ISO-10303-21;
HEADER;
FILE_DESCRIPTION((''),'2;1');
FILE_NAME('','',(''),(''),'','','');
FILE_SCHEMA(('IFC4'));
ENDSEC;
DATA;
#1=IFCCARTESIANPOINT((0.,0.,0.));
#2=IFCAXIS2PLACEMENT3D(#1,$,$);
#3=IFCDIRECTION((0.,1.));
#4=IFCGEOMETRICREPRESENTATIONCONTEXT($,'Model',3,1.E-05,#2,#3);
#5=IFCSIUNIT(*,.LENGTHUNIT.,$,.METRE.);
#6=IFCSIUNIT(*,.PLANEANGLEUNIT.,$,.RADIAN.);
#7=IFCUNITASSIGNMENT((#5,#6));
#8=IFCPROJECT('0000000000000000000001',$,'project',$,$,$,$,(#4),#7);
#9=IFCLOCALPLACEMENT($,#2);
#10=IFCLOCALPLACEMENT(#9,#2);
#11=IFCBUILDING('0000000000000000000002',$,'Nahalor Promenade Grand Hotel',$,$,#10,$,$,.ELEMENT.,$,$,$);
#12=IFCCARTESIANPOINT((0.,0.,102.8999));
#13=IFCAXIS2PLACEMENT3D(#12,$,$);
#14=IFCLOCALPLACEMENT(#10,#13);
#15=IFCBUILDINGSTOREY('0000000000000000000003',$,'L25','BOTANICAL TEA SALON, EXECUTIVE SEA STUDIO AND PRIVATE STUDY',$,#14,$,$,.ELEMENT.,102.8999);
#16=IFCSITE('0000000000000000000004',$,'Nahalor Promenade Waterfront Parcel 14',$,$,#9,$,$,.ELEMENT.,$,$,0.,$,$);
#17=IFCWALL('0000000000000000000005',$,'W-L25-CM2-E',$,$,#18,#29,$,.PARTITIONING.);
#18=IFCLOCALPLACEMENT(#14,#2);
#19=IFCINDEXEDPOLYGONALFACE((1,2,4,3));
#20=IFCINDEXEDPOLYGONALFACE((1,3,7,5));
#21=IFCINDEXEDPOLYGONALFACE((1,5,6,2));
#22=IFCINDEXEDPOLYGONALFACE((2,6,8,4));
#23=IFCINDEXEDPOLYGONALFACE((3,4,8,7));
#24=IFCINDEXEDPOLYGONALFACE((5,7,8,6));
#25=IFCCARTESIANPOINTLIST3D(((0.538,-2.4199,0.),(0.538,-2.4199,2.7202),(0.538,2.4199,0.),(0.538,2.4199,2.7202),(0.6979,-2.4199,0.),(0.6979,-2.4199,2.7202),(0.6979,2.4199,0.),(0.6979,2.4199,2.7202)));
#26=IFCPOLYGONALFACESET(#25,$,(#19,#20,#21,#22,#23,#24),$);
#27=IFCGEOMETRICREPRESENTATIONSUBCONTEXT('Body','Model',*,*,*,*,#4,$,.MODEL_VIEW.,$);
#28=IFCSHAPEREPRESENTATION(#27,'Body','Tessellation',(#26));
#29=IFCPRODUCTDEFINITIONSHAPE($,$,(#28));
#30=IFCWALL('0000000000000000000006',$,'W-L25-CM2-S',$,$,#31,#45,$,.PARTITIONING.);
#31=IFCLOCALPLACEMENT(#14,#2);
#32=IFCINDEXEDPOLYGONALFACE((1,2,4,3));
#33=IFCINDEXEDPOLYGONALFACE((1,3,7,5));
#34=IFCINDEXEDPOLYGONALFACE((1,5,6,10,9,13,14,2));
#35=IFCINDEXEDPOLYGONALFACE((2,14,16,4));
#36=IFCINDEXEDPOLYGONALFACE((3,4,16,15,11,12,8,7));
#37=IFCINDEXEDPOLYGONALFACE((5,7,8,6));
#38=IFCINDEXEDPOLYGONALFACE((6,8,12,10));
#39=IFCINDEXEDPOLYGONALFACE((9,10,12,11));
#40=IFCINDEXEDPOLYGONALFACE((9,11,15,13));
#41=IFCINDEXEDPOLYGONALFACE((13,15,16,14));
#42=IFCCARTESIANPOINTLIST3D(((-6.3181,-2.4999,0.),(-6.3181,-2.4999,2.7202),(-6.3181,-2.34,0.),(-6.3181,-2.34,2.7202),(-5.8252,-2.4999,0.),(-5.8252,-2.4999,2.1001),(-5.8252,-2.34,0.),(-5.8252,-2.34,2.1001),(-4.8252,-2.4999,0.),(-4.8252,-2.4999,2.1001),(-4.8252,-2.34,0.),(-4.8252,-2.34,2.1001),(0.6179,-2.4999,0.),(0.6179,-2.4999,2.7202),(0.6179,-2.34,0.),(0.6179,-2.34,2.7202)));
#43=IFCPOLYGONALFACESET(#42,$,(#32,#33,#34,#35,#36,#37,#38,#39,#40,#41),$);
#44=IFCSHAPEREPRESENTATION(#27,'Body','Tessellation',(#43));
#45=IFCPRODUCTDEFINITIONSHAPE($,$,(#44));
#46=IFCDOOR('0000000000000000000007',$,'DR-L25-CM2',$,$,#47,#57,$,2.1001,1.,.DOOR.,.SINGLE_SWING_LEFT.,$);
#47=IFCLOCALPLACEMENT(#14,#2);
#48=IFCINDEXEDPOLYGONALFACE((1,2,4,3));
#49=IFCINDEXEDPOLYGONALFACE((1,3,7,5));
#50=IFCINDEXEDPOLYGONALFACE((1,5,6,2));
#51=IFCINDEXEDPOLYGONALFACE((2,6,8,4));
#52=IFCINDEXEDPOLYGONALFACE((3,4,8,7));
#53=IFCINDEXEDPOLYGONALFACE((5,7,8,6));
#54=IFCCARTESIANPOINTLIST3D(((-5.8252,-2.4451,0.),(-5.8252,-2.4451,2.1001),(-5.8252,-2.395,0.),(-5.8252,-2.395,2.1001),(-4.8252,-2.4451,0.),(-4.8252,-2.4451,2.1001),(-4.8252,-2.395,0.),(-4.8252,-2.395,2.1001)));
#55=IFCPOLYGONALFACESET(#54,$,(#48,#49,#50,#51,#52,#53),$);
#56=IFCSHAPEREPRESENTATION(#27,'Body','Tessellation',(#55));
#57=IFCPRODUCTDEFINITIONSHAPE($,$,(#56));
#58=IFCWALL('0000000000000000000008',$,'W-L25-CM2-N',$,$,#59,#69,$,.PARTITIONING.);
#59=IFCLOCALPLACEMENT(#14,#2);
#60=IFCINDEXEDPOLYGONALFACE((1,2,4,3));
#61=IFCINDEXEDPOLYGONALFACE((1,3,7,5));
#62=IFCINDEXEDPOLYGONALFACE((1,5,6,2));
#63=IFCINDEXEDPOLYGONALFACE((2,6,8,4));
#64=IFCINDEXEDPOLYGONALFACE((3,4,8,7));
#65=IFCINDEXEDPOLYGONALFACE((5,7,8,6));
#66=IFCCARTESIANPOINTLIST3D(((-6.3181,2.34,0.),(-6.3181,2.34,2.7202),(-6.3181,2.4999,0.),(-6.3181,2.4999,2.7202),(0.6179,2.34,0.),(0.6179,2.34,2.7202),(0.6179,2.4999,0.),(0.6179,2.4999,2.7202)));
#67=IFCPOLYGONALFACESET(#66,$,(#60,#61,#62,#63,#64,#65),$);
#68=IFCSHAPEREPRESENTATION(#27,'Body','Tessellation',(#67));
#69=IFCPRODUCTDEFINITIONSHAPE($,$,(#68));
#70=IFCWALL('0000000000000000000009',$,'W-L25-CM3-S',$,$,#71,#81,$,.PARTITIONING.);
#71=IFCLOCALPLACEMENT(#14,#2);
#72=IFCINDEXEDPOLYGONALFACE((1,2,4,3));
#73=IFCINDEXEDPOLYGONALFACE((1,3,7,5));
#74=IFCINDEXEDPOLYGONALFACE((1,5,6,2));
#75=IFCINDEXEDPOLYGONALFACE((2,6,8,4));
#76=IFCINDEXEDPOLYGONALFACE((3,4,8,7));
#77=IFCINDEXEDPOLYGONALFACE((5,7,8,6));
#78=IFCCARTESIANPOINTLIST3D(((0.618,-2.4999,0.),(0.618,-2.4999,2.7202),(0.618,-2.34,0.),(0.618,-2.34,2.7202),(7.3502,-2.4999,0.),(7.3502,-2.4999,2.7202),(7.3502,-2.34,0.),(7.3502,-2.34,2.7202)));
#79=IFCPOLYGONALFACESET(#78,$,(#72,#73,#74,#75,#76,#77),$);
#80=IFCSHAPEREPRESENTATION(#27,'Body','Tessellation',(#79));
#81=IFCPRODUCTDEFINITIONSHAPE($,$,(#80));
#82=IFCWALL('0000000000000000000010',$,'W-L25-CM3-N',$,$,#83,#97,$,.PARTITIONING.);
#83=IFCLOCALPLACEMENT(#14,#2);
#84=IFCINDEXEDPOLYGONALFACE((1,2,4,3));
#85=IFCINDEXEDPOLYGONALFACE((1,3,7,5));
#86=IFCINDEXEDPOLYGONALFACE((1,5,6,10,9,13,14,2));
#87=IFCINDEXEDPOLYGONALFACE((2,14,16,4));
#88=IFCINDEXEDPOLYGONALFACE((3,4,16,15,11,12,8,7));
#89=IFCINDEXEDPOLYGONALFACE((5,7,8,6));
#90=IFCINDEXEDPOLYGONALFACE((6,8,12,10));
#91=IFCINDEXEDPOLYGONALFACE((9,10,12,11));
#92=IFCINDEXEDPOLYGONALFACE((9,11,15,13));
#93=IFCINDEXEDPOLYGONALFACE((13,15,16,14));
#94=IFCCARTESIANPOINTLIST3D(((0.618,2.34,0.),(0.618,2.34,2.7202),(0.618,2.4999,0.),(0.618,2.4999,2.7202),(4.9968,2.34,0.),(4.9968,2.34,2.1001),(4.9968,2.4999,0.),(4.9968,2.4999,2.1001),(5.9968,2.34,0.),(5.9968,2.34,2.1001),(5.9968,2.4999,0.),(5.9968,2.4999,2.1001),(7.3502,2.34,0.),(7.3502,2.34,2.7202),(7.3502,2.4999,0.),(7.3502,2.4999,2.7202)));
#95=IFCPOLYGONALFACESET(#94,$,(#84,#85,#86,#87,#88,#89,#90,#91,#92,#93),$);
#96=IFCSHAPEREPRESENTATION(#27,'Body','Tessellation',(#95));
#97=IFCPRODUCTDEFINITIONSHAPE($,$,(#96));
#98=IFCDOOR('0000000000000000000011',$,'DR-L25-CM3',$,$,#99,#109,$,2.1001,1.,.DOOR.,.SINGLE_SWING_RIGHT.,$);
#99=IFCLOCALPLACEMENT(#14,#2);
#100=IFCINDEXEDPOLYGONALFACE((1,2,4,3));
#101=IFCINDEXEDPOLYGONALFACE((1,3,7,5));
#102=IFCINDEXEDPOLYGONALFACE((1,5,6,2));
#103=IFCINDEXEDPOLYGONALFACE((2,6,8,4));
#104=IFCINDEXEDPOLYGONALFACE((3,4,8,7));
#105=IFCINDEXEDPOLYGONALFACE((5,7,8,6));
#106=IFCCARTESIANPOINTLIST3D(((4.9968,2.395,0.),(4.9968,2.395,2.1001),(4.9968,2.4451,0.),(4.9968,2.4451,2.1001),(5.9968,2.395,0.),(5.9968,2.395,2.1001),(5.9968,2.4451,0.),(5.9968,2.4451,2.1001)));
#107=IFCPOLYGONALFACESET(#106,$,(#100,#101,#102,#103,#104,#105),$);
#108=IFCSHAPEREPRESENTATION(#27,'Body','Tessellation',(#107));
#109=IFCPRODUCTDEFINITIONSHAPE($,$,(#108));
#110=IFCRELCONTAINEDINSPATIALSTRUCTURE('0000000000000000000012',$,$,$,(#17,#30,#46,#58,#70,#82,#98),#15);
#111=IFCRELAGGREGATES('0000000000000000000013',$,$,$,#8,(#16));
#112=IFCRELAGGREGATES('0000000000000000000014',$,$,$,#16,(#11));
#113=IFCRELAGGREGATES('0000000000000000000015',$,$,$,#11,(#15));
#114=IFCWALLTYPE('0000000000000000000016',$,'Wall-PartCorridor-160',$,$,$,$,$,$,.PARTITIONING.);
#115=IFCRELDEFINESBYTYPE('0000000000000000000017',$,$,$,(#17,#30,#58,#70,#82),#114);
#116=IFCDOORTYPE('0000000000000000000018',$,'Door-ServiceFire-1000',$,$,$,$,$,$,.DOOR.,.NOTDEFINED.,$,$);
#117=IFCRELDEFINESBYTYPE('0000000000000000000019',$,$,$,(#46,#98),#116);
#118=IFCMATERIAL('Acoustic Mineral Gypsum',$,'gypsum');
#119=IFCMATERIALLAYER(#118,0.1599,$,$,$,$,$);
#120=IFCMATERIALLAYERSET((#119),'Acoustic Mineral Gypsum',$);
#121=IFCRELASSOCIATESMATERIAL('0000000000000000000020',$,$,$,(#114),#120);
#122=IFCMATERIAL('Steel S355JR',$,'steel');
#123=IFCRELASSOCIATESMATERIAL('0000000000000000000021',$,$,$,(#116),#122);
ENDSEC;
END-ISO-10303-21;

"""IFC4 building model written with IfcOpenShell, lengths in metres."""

from ifc_helpers import new_model, si_unit, direction, frame, frame_2d, origin, place, context, subcontext, project, spatial, rectangle, extrude, source, transform, mapped, material, layer, layer_set, type_object, element, fill, save


model = new_model("IFC4")

# Units and contexts
model_context = context("Model", 3, precision=1e-05, world=origin(), true_north=direction((0.0, 1.0)))
body_context = subcontext(model_context, "Body", "Model", "MODEL_VIEW")
ifc_project = project(units=[si_unit("LENGTHUNIT", "METRE"), si_unit("PLANEANGLEUNIT", "RADIAN")], contexts=[model_context])

# Site, building, storey
site_placement = place(None, origin())
site = spatial("IfcSite", under=ifc_project, at=site_placement, Name="Nahalor Promenade Waterfront Parcel 14", CompositionType="ELEMENT", RefElevation=0.0)
building_placement = place(site_placement, origin())
building = spatial("IfcBuilding", under=site, at=building_placement, Name="Nahalor Promenade Grand Hotel", CompositionType="ELEMENT")
storey_placement = place(building_placement, frame((0.0, 0.0, 102.8999)))
storey = spatial("IfcBuildingStorey", under=building, at=storey_placement, Name="L25", Description="BOTANICAL TEA SALON, EXECUTIVE SEA STUDIO AND PRIVATE STUDY", CompositionType="ELEMENT", Elevation=102.8999)

# Shared definitions
ifc_material_1 = material(Name="Steel S355JR", Category="steel")

# Wall
ifc_material_2 = material(Name="Acoustic Mineral Gypsum", Category="gypsum")
ifc_layer_1 = layer(ifc_material_2, 0.1599)
ifc_layer_set_1 = layer_set([ifc_layer_1], Name="Acoustic Mineral Gypsum")
wall_type_1 = type_object("IfcWallType", Name="Wall-PartCorridor-160", PredefinedType="PARTITIONING", material=ifc_layer_set_1)
shared_shape_1 = source(origin(), body_context, "Body", "SweptSolid", [
    extrude(rectangle(XDim=4.8398, YDim=0.1599, at=frame_2d((2.4199, 0.0))), origin(), (0.0, 0.0, 1.0), 2.7202),
])
for number, where, z_axis, x_axis, name in (
    (1, (0.6179, -2.4199, 0.0), (0.0, 0.0, 1.0), (0.0, 1.0, 0.0), "W-L25-CM2-E"),
):
    element("IfcWall", number, at=place(storey_placement, frame(where, z_axis=z_axis, x_axis=x_axis)), inside=storey, type_object=wall_type_1, Name=name, PredefinedType="PARTITIONING", context=body_context, shape_type="MappedRepresentation", body=[
        mapped(shared_shape_1, transform((0.0, 0.0, 0.0), scale=1.0)),
    ])

# Wall, opening, door
shared_shape_2 = source(origin(), body_context, "Body", "SweptSolid", [
    extrude(rectangle(XDim=6.936, YDim=0.1599, at=frame_2d((3.468, 0.0))), origin(), (0.0, 0.0, 1.0), 2.7202),
])
wall_1_placement = place(storey_placement, frame((-6.3181, -2.4199, 0.0), z_axis=(0.0, 0.0, 1.0), x_axis=(1.0, 0.0, 0.0)))
wall_1 = element("IfcWall", 2, at=wall_1_placement, inside=storey, type_object=wall_type_1, Name="W-L25-CM2-S", PredefinedType="PARTITIONING", context=body_context, shape_type="MappedRepresentation", body=[
    mapped(shared_shape_2, transform((0.0, 0.0, 0.0), scale=1.0)),
])
opening_1_placement = place(wall_1_placement, frame((0.4929, 0.0, 0.0)))
opening_1 = element("IfcOpeningElement", 3, at=opening_1_placement, cuts=wall_1, PredefinedType="OPENING", context=body_context, shape_type="SweptSolid", body=[
    extrude(rectangle(XDim=1.0, YDim=2.1001, at=frame_2d((0.5, 1.05))), frame((0.0, 0.0898, 0.0), z_axis=(0.0, -1.0, 0.0), x_axis=(1.0, 0.0, 0.0)), (0.0, 0.0, 1.0), 0.1799),
])
door_type = type_object("IfcDoorType", Name="Door-ServiceFire-1000", OperationType="NOTDEFINED", PredefinedType="DOOR", material=ifc_material_1)
shared_shape_3 = source(origin(), body_context, "Body", "SweptSolid", [
    extrude(rectangle(XDim=1.0, YDim=2.1001, at=frame_2d((0.5, 1.05))), frame((0.0, 0.0249, 0.0), z_axis=(0.0, -1.0, 0.0), x_axis=(1.0, 0.0, 0.0)), (0.0, 0.0, 1.0), 0.05),
])
door_1_placement = place(opening_1_placement, origin())
door_1 = element("IfcDoor", 4, at=door_1_placement, inside=storey, type_object=door_type, Name="DR-L25-CM2", OperationType="SINGLE_SWING_LEFT", OverallHeight=2.1001, OverallWidth=1.0, PredefinedType="DOOR", context=body_context, shape_type="MappedRepresentation", body=[
    mapped(shared_shape_3, transform((0.0, 0.0, 0.0), scale=1.0)),
])
fill(opening_1, door_1)

# Walls
wall_2_placement = place(storey_placement, frame((-6.3181, 2.4199, 0.0), z_axis=(0.0, 0.0, 1.0), x_axis=(1.0, 0.0, 0.0)))
element("IfcWall", 5, at=wall_2_placement, inside=storey, type_object=wall_type_1, Name="W-L25-CM2-N", PredefinedType="PARTITIONING", context=body_context, shape_type="MappedRepresentation", body=[
    mapped(shared_shape_2, transform((0.0, 0.0, 0.0), scale=1.0)),
])
shared_shape_4 = source(origin(), body_context, "Body", "SweptSolid", [
    extrude(rectangle(XDim=6.7322, YDim=0.1599, at=frame_2d((3.3662, 0.0))), origin(), (0.0, 0.0, 1.0), 2.7202),
])
wall_3_placement = place(storey_placement, frame((0.6179, -2.4199, 0.0), z_axis=(0.0, 0.0, 1.0), x_axis=(1.0, 0.0, 0.0)))
element("IfcWall", 6, at=wall_3_placement, inside=storey, type_object=wall_type_1, Name="W-L25-CM3-S", PredefinedType="PARTITIONING", context=body_context, shape_type="MappedRepresentation", body=[
    mapped(shared_shape_4, transform((0.0, 0.0, 0.0), scale=1.0)),
])

# Wall, opening, door
wall_4_placement = place(storey_placement, frame((0.6179, 2.4199, 0.0), z_axis=(0.0, 0.0, 1.0), x_axis=(1.0, 0.0, 0.0)))
wall_4 = element("IfcWall", 7, at=wall_4_placement, inside=storey, type_object=wall_type_1, Name="W-L25-CM3-N", PredefinedType="PARTITIONING", context=body_context, shape_type="MappedRepresentation", body=[
    mapped(shared_shape_4, transform((0.0, 0.0, 0.0), scale=1.0)),
])
opening_2_placement = place(wall_4_placement, frame((4.3789, 0.0, 0.0)))
opening_2 = element("IfcOpeningElement", 8, at=opening_2_placement, cuts=wall_4, PredefinedType="OPENING", context=body_context, shape_type="SweptSolid", body=[
    extrude(rectangle(XDim=1.0, YDim=2.1001, at=frame_2d((0.5, 1.05))), frame((0.0, 0.0898, 0.0), z_axis=(0.0, -1.0, 0.0), x_axis=(1.0, 0.0, 0.0)), (0.0, 0.0, 1.0), 0.1799),
])
door_2_placement = place(opening_2_placement, frame((1.0, 0.0, 0.0), z_axis=(0.0, 0.0, 1.0), x_axis=(-1.0, 0.0, 0.0)))
door_2 = element("IfcDoor", 9, at=door_2_placement, inside=storey, type_object=door_type, Name="DR-L25-CM3", OperationType="SINGLE_SWING_RIGHT", OverallHeight=2.1001, OverallWidth=1.0, PredefinedType="DOOR", context=body_context, shape_type="MappedRepresentation", body=[
    mapped(shared_shape_3, transform((0.0, 0.0, 0.0), scale=1.0)),
])
fill(opening_2, door_2)

save(model, "model.ifc")
